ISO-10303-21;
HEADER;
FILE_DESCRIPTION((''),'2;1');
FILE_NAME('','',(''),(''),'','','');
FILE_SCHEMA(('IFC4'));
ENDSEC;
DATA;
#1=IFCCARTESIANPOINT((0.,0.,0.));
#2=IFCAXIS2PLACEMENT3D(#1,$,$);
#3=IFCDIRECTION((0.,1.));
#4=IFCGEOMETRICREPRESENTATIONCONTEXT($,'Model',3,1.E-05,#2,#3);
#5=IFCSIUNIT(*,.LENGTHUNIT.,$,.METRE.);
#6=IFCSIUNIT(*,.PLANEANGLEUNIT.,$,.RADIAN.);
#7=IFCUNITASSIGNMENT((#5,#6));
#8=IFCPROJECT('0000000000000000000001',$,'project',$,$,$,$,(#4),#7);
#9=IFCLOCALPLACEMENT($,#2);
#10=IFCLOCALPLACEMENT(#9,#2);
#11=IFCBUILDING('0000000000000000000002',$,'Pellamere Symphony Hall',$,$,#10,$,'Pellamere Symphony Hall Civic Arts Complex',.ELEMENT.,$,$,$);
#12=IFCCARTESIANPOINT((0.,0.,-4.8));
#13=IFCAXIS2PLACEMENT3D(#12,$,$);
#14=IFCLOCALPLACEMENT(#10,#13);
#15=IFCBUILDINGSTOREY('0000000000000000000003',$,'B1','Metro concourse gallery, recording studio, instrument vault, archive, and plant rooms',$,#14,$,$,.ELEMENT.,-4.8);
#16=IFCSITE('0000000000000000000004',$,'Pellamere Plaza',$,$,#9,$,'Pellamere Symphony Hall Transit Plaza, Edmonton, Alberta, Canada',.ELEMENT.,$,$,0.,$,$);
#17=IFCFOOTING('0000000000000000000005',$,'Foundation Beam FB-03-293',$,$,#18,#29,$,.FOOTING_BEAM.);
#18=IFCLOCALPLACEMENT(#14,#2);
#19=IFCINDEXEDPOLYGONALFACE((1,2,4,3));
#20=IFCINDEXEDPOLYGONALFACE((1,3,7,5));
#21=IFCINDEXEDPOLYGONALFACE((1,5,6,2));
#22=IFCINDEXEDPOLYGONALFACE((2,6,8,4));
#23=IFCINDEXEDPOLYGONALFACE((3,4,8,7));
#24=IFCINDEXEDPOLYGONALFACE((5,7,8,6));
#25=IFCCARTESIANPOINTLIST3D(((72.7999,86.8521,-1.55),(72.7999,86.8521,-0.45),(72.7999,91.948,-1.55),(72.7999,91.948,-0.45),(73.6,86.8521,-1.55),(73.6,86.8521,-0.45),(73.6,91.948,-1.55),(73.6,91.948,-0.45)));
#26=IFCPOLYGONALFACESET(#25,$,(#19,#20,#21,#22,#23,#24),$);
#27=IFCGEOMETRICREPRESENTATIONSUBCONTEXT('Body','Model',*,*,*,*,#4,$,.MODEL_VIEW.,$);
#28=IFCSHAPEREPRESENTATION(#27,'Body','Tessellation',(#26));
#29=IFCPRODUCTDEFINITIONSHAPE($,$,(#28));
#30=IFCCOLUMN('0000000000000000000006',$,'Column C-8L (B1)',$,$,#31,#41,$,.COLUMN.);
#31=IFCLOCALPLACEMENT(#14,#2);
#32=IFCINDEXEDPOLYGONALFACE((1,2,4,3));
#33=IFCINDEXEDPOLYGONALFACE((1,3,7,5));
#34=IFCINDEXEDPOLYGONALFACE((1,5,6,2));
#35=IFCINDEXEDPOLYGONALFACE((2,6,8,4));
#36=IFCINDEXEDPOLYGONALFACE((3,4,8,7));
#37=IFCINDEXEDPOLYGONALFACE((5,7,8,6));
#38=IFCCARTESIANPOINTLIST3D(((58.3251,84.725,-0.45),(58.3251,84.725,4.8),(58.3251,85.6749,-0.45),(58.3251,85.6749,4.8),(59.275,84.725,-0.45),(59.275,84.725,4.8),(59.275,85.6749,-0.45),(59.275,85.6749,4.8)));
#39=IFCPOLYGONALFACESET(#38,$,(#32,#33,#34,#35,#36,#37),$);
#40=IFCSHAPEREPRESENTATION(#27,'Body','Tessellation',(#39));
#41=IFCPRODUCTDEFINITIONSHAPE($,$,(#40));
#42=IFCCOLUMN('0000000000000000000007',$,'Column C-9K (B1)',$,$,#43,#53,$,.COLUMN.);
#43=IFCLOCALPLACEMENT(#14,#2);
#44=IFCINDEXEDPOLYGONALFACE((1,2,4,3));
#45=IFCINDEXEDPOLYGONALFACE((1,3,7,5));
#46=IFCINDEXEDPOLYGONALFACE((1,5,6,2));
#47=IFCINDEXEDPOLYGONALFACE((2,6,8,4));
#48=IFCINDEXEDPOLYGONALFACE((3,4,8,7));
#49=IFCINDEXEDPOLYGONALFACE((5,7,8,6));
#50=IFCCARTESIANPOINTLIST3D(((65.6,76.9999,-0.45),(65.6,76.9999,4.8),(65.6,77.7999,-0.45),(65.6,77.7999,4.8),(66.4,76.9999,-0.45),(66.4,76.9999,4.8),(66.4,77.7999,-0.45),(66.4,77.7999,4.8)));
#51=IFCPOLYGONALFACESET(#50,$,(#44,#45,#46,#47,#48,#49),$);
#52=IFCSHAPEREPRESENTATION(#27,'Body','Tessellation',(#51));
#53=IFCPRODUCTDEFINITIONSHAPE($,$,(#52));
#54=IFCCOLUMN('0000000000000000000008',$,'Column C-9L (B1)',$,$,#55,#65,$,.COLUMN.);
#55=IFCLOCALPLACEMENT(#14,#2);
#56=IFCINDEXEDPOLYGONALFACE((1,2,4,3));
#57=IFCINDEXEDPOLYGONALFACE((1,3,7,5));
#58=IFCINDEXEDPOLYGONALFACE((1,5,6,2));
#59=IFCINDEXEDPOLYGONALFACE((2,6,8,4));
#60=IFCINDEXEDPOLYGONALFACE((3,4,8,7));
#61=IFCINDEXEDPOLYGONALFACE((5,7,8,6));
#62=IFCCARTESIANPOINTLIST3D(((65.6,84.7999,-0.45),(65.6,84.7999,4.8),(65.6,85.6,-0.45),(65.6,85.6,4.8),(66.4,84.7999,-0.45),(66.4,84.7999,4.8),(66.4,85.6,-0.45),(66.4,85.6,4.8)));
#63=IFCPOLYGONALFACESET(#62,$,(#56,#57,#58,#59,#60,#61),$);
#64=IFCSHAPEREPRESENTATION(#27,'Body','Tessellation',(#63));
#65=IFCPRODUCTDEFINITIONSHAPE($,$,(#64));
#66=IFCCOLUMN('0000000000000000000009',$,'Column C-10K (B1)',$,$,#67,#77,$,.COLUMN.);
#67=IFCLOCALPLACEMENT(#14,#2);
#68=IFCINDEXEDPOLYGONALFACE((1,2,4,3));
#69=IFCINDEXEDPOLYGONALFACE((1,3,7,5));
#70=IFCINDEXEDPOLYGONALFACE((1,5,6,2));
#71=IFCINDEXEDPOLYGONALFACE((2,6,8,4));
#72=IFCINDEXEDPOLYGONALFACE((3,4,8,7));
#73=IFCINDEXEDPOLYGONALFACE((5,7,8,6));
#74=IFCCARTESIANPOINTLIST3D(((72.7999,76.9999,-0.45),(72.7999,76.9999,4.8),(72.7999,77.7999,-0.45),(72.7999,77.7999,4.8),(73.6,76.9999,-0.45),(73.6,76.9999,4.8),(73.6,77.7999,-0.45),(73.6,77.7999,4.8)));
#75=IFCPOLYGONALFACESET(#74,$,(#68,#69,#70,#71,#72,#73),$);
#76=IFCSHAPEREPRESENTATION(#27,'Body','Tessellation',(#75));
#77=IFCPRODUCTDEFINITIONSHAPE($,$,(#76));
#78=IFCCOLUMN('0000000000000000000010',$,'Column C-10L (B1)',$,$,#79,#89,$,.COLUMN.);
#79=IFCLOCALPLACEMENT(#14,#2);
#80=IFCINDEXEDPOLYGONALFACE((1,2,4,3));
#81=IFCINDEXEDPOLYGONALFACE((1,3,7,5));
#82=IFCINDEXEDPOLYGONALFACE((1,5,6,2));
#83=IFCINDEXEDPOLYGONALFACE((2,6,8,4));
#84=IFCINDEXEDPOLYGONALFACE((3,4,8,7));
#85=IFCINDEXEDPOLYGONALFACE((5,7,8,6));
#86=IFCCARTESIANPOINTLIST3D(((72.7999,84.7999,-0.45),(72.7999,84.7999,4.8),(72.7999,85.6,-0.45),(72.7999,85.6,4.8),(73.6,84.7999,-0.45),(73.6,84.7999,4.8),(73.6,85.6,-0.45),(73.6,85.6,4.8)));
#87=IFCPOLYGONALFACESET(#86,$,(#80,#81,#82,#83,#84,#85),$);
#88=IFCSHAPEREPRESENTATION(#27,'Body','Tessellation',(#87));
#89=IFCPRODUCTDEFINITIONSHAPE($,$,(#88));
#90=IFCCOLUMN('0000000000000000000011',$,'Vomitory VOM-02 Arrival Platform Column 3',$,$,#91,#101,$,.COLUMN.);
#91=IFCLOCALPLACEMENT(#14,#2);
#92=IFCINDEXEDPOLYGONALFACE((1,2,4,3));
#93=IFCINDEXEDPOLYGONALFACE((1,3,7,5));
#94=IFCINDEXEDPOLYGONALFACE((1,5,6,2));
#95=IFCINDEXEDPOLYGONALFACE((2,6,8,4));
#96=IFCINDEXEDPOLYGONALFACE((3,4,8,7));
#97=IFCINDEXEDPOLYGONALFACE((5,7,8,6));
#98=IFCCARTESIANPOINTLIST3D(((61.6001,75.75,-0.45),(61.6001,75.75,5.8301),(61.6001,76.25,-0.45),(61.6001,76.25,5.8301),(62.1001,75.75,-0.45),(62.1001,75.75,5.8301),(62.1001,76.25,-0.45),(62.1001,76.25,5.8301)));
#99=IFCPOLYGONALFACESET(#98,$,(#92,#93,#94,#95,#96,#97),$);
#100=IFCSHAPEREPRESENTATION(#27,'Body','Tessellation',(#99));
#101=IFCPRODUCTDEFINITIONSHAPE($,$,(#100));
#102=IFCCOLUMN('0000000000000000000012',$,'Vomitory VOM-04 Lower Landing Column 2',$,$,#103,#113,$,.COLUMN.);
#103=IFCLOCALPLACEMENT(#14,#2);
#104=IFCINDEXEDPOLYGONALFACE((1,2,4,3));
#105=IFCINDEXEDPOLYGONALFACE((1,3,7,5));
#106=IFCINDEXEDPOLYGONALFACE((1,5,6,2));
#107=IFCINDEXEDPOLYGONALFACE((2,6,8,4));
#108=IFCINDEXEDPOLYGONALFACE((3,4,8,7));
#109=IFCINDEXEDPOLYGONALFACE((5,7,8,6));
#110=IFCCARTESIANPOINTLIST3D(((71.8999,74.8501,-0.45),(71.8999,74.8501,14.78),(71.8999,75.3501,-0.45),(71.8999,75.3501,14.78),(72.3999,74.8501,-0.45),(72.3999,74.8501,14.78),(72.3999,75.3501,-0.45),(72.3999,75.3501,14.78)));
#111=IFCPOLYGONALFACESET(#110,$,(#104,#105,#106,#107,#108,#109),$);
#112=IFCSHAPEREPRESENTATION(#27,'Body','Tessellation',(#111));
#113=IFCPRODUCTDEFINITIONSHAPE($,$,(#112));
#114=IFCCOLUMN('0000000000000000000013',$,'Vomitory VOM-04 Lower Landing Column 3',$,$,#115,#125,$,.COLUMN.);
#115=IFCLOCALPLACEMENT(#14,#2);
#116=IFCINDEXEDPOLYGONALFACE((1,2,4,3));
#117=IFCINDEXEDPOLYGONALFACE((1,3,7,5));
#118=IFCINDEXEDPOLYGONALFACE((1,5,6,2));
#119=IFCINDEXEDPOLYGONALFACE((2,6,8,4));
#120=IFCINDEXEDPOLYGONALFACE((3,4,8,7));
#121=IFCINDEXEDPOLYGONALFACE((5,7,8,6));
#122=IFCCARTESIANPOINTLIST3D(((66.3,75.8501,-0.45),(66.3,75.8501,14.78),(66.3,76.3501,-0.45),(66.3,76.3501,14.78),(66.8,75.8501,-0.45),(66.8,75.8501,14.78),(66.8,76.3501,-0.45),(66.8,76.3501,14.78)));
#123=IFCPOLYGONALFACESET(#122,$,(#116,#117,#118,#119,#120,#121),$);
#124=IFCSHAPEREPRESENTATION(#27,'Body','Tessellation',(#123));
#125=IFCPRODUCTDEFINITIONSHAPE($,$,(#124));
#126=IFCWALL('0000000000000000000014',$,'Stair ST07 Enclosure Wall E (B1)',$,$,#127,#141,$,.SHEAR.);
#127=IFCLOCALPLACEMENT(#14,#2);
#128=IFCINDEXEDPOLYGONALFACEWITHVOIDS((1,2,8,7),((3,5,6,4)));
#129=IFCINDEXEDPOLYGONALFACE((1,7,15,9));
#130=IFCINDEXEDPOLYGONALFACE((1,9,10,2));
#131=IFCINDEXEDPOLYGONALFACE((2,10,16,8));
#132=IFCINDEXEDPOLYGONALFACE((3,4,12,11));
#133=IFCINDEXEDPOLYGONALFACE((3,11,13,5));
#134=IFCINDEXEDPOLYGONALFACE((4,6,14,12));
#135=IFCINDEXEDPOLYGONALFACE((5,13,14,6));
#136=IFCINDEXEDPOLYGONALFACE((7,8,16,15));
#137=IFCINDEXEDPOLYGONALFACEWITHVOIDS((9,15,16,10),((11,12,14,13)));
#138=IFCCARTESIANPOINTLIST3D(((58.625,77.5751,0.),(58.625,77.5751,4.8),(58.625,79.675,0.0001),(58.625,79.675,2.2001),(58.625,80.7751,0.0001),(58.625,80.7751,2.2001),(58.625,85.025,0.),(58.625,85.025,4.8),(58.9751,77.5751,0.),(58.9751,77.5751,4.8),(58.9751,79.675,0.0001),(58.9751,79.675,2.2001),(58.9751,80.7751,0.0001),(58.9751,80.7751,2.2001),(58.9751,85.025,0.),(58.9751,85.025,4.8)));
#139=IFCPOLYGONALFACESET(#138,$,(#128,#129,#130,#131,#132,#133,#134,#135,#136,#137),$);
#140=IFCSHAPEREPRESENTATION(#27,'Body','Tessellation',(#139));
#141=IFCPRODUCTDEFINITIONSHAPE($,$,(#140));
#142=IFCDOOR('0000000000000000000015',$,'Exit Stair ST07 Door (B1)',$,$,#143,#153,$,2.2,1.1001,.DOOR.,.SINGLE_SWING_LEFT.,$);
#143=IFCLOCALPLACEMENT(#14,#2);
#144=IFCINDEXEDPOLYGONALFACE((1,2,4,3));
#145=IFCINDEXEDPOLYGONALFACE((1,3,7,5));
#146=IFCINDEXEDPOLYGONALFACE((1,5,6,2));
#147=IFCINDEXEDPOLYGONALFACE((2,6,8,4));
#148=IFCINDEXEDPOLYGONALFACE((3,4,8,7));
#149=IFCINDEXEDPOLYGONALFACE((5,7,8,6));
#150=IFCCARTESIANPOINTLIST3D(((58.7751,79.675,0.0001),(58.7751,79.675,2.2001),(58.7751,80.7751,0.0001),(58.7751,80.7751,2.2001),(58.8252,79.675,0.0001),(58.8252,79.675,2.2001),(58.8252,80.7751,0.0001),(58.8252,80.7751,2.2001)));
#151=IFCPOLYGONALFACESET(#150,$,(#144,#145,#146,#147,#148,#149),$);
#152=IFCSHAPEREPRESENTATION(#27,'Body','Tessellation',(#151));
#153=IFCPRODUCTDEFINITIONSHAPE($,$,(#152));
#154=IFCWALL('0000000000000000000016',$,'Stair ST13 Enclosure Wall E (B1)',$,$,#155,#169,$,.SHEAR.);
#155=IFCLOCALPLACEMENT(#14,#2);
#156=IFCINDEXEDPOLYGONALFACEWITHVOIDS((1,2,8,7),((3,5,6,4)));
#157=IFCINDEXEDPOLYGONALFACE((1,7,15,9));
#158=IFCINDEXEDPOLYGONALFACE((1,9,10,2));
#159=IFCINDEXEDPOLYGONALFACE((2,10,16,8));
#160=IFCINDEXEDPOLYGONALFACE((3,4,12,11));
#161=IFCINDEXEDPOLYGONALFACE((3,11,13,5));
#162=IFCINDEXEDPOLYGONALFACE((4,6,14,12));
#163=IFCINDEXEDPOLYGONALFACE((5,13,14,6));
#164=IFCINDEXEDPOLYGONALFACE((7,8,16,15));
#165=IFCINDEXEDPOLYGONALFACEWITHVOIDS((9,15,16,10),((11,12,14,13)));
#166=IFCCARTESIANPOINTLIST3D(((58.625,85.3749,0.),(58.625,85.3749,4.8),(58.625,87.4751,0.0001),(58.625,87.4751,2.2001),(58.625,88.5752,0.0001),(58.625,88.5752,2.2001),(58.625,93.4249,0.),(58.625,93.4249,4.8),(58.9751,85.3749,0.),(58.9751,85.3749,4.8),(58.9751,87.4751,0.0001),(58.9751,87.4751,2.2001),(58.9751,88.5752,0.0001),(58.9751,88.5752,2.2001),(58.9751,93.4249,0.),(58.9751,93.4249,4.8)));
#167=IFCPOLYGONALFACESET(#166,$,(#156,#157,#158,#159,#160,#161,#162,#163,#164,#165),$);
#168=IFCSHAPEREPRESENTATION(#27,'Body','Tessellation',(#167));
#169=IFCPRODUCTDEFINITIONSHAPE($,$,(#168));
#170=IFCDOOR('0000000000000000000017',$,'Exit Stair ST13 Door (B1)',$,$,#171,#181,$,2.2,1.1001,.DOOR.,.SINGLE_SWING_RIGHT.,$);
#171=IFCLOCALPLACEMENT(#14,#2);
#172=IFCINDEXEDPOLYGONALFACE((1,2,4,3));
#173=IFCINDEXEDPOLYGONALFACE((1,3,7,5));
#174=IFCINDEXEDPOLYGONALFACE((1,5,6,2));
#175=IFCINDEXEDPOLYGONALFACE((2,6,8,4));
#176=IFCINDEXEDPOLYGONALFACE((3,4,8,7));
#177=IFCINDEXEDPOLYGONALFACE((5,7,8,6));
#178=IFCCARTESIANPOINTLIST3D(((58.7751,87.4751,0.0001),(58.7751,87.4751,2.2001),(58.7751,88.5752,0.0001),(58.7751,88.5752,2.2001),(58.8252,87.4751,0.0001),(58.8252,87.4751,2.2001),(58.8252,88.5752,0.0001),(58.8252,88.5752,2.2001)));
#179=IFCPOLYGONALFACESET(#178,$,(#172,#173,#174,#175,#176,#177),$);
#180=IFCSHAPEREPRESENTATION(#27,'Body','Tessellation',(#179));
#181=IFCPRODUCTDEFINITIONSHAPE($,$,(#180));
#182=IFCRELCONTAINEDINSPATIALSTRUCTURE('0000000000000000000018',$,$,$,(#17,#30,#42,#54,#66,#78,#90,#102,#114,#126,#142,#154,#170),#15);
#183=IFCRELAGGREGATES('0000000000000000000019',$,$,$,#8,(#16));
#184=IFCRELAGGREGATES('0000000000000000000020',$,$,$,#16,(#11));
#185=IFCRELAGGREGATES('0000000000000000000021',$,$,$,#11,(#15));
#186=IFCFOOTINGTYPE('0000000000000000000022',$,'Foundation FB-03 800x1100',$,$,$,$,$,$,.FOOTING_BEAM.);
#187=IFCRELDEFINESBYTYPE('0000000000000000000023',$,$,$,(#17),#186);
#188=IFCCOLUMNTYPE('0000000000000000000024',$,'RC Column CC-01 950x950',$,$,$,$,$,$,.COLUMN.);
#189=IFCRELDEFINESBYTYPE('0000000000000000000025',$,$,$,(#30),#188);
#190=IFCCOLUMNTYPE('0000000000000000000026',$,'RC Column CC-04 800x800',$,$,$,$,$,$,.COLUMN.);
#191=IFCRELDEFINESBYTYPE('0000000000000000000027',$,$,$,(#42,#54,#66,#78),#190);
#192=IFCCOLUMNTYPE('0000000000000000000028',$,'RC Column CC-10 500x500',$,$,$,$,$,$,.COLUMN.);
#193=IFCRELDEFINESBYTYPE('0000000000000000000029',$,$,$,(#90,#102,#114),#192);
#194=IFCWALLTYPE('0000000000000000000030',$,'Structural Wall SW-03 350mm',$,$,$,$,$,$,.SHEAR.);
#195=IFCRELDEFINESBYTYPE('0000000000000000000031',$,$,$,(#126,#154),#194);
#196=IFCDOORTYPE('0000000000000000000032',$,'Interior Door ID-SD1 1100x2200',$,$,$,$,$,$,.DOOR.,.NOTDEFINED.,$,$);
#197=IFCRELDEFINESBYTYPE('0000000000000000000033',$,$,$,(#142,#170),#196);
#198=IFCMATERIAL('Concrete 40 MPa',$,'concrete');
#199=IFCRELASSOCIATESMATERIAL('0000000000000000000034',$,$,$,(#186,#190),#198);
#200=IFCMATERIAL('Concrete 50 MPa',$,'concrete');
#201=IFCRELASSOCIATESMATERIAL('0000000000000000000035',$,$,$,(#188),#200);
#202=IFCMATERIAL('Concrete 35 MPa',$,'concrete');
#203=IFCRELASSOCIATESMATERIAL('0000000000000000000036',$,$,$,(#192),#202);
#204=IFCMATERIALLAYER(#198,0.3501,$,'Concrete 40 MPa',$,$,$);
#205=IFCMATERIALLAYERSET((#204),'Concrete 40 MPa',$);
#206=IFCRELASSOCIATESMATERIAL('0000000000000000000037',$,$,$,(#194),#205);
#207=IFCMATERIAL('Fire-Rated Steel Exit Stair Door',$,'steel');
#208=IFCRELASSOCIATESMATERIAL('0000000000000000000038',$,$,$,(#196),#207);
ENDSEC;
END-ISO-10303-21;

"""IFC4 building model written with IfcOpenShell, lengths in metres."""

from ifc_helpers import new_model, si_unit, direction, frame, frame_2d, origin, origin_2d, place, context, subcontext, project, spatial, rectangle, extrude, material, layer, layer_set, material_profile, profile_set, type_object, element, fill, save


model = new_model("IFC4")

# Units and contexts
model_context = context("Model", 3, precision=1e-05, world=origin(), true_north=direction((0.0, 1.0)))
body_context = subcontext(model_context, "Body", "Model", "MODEL_VIEW")
ifc_project = project(units=[si_unit("LENGTHUNIT", "METRE"), si_unit("PLANEANGLEUNIT", "RADIAN")], contexts=[model_context])

# Site, building, storey
site_placement = place(None, origin())
site = spatial("IfcSite", under=ifc_project, at=site_placement, Name="Pellamere Plaza", LongName="Pellamere Symphony Hall Transit Plaza, Edmonton, Alberta, Canada", CompositionType="ELEMENT", RefElevation=0.0)
building_placement = place(site_placement, origin())
building = spatial("IfcBuilding", under=site, at=building_placement, Name="Pellamere Symphony Hall", LongName="Pellamere Symphony Hall Civic Arts Complex", CompositionType="ELEMENT")
storey_placement = place(building_placement, frame((0.0, 0.0, -4.8)))
storey = spatial("IfcBuildingStorey", under=building, at=storey_placement, Name="B1", Description="Metro concourse gallery, recording studio, instrument vault, archive, and plant rooms", CompositionType="ELEMENT", Elevation=-4.8)

# Shared definitions
ifc_material_1 = material(Name="Concrete 35 MPa", Category="concrete")

# Footing
ifc_material_2 = material(Name="Concrete 40 MPa", Category="concrete")
ifc_material_profile_1 = material_profile(ifc_material_2, rectangle(XDim=0.8, YDim=1.1001, at=origin_2d()), Name="RC 800x1100")
ifc_profile_set_1 = profile_set([ifc_material_profile_1], Name="Concrete 40 MPa")
footing_type_1 = type_object("IfcFootingType", Name="Foundation FB-03 800x1100", PredefinedType="FOOTING_BEAM", material=ifc_profile_set_1)
footing_1_placement = place(storey_placement, frame((73.2, 86.8521, -1.0), z_axis=(0.0, 1.0, 0.0), x_axis=(-1.0, 0.0, 0.0)))
element("IfcFooting", 1, at=footing_1_placement, inside=storey, type_object=footing_type_1, Name="Foundation Beam FB-03-293", PredefinedType="FOOTING_BEAM", context=body_context, shape_type="SweptSolid", body=[
    extrude(rectangle(XDim=0.8, YDim=1.1001, at=origin_2d()), origin(), (0.0, 0.0, 1.0), 5.0959),
])

# Columns
ifc_material_3 = material(Name="Concrete 50 MPa", Category="concrete")
ifc_material_profile_2 = material_profile(ifc_material_3, rectangle(XDim=0.95, YDim=0.95, at=origin_2d()), Name="RC 950x950")
ifc_profile_set_2 = profile_set([ifc_material_profile_2], Name="Concrete 50 MPa")
column_type_1 = type_object("IfcColumnType", Name="RC Column CC-01 950x950", PredefinedType="COLUMN", material=ifc_profile_set_2)
column_1_placement = place(storey_placement, frame((58.8, 85.2, -0.45), z_axis=(0.0, 0.0, 1.0), x_axis=(1.0, 0.0, 0.0)))
element("IfcColumn", 2, at=column_1_placement, inside=storey, type_object=column_type_1, Name="Column C-8L (B1)", PredefinedType="COLUMN", context=body_context, shape_type="SweptSolid", body=[
    extrude(rectangle(XDim=0.95, YDim=0.95, at=origin_2d()), origin(), (0.0, 0.0, 1.0), 5.25),
])
ifc_material_profile_3 = material_profile(ifc_material_2, rectangle(XDim=0.8, YDim=0.8, at=origin_2d()), Name="RC 800x800")
ifc_profile_set_3 = profile_set([ifc_material_profile_3], Name="Concrete 40 MPa")
column_type_2 = type_object("IfcColumnType", Name="RC Column CC-04 800x800", PredefinedType="COLUMN", material=ifc_profile_set_3)
for number, where, z_axis, x_axis, name in (
    (3, (66.0, 77.3999, -0.45), (0.0, 0.0, 1.0), (1.0, 0.0, 0.0), "Column C-9K (B1)"),
    (4, (66.0, 85.2, -0.45), (0.0, 0.0, 1.0), (1.0, 0.0, 0.0), "Column C-9L (B1)"),
    (5, (73.2, 77.3999, -0.45), (0.0, 0.0, 1.0), (1.0, 0.0, 0.0), "Column C-10K (B1)"),
    (6, (73.2, 85.2, -0.45), (0.0, 0.0, 1.0), (1.0, 0.0, 0.0), "Column C-10L (B1)"),
):
    element("IfcColumn", number, at=place(storey_placement, frame(where, z_axis=z_axis, x_axis=x_axis)), inside=storey, type_object=column_type_2, Name=name, PredefinedType="COLUMN", context=body_context, shape_type="SweptSolid", body=[
        extrude(rectangle(XDim=0.8, YDim=0.8, at=origin_2d()), origin(), (0.0, 0.0, 1.0), 5.25),
    ])
ifc_material_profile_4 = material_profile(ifc_material_1, rectangle(XDim=0.5, YDim=0.5, at=origin_2d()), Name="RC 500x500")
ifc_profile_set_4 = profile_set([ifc_material_profile_4], Name="Concrete 35 MPa")
column_type_3 = type_object("IfcColumnType", Name="RC Column CC-10 500x500", PredefinedType="COLUMN", material=ifc_profile_set_4)
column_2_placement = place(storey_placement, frame((61.8501, 76.0, -0.45), z_axis=(0.0, 0.0, 1.0), x_axis=(1.0, 0.0, 0.0)))
element("IfcColumn", 7, at=column_2_placement, inside=storey, type_object=column_type_3, Name="Vomitory VOM-02 Arrival Platform Column 3", PredefinedType="COLUMN", context=body_context, shape_type="SweptSolid", body=[
    extrude(rectangle(XDim=0.5, YDim=0.5, at=origin_2d()), origin(), (0.0, 0.0, 1.0), 6.28),
])
for number, where, z_axis, x_axis, name in (
    (8, (72.1499, 75.1001, -0.45), (0.0, 0.0, 1.0), (1.0, 0.0, 0.0), "Vomitory VOM-04 Lower Landing Column 2"),
    (9, (66.55, 76.1001, -0.45), (0.0, 0.0, 1.0), (1.0, 0.0, 0.0), "Vomitory VOM-04 Lower Landing Column 3"),
):
    element("IfcColumn", number, at=place(storey_placement, frame(where, z_axis=z_axis, x_axis=x_axis)), inside=storey, type_object=column_type_3, Name=name, PredefinedType="COLUMN", context=body_context, shape_type="SweptSolid", body=[
        extrude(rectangle(XDim=0.5, YDim=0.5, at=origin_2d()), origin(), (0.0, 0.0, 1.0), 15.23),
    ])

# Walls, openings, doors
ifc_layer = layer(ifc_material_2, 0.3501, Name="Concrete 40 MPa")
ifc_layer_set = layer_set([ifc_layer], Name="Concrete 40 MPa")
wall_type = type_object("IfcWallType", Name="Structural Wall SW-03 350mm", PredefinedType="SHEAR", material=ifc_layer_set)
wall_1_placement = place(storey_placement, frame((58.8, 77.575, 0.0), z_axis=(0.0, 0.0, 1.0), x_axis=(0.0, 1.0, 0.0)))
wall_1 = element("IfcWall", 10, at=wall_1_placement, inside=storey, type_object=wall_type, Name="Stair ST07 Enclosure Wall E (B1)", PredefinedType="SHEAR", context=body_context, shape_type="SweptSolid", body=[
    extrude(rectangle(XDim=7.45, YDim=0.3501, at=frame_2d((3.7251, 0.0))), origin(), (0.0, 0.0, 1.0), 4.8),
])
opening_1_placement = place(wall_1_placement, frame((2.1001, 0.0, 0.0)))
opening_1 = element("IfcOpeningElement", 11, at=opening_1_placement, cuts=wall_1, PredefinedType="OPENING", context=body_context, shape_type="SweptSolid", body=[
    extrude(rectangle(XDim=1.1001, YDim=2.2, at=frame_2d((0.55, 1.1001))), frame((0.0, 0.1851, 0.0), z_axis=(0.0, -1.0, 0.0), x_axis=(1.0, 0.0, 0.0)), (0.0, 0.0, 1.0), 0.3701),
])
ifc_material_4 = material(Name="Fire-Rated Steel Exit Stair Door", Category="steel")
door_type = type_object("IfcDoorType", Name="Interior Door ID-SD1 1100x2200", OperationType="NOTDEFINED", PredefinedType="DOOR", material=ifc_material_4)
door_1_placement = place(opening_1_placement, origin())
door_1 = element("IfcDoor", 12, at=door_1_placement, inside=storey, type_object=door_type, Name="Exit Stair ST07 Door (B1)", OperationType="SINGLE_SWING_LEFT", OverallHeight=2.2, OverallWidth=1.1001, PredefinedType="DOOR", context=body_context, shape_type="SweptSolid", body=[
    extrude(rectangle(XDim=1.1001, YDim=2.2, at=frame_2d((0.55, 1.1001))), frame((0.0, 0.0249, 0.0), z_axis=(0.0, -1.0, 0.0), x_axis=(1.0, 0.0, 0.0)), (0.0, 0.0, 1.0), 0.05),
])
fill(opening_1, door_1)
wall_2_placement = place(storey_placement, frame((58.8, 85.375, 0.0), z_axis=(0.0, 0.0, 1.0), x_axis=(0.0, 1.0, 0.0)))
wall_2 = element("IfcWall", 13, at=wall_2_placement, inside=storey, type_object=wall_type, Name="Stair ST13 Enclosure Wall E (B1)", PredefinedType="SHEAR", context=body_context, shape_type="SweptSolid", body=[
    extrude(rectangle(XDim=8.05, YDim=0.3501, at=frame_2d((4.0249, 0.0))), origin(), (0.0, 0.0, 1.0), 4.8),
])
opening_2_placement = place(wall_2_placement, frame((2.1001, 0.0, 0.0)))
opening_2 = element("IfcOpeningElement", 14, at=opening_2_placement, cuts=wall_2, PredefinedType="OPENING", context=body_context, shape_type="SweptSolid", body=[
    extrude(rectangle(XDim=1.1001, YDim=2.2, at=frame_2d((0.55, 1.1001))), frame((0.0, 0.1851, 0.0), z_axis=(0.0, -1.0, 0.0), x_axis=(1.0, 0.0, 0.0)), (0.0, 0.0, 1.0), 0.3701),
])
door_2_placement = place(opening_2_placement, origin())
door_2 = element("IfcDoor", 15, at=door_2_placement, inside=storey, type_object=door_type, Name="Exit Stair ST13 Door (B1)", OperationType="SINGLE_SWING_RIGHT", OverallHeight=2.2, OverallWidth=1.1001, PredefinedType="DOOR", context=body_context, shape_type="SweptSolid", body=[
    extrude(rectangle(XDim=1.1001, YDim=2.2, at=frame_2d((0.55, 1.1001))), frame((0.0, 0.0249, 0.0), z_axis=(0.0, -1.0, 0.0), x_axis=(1.0, 0.0, 0.0)), (0.0, 0.0, 1.0), 0.05),
])
fill(opening_2, door_2)

save(model, "model.ifc")
